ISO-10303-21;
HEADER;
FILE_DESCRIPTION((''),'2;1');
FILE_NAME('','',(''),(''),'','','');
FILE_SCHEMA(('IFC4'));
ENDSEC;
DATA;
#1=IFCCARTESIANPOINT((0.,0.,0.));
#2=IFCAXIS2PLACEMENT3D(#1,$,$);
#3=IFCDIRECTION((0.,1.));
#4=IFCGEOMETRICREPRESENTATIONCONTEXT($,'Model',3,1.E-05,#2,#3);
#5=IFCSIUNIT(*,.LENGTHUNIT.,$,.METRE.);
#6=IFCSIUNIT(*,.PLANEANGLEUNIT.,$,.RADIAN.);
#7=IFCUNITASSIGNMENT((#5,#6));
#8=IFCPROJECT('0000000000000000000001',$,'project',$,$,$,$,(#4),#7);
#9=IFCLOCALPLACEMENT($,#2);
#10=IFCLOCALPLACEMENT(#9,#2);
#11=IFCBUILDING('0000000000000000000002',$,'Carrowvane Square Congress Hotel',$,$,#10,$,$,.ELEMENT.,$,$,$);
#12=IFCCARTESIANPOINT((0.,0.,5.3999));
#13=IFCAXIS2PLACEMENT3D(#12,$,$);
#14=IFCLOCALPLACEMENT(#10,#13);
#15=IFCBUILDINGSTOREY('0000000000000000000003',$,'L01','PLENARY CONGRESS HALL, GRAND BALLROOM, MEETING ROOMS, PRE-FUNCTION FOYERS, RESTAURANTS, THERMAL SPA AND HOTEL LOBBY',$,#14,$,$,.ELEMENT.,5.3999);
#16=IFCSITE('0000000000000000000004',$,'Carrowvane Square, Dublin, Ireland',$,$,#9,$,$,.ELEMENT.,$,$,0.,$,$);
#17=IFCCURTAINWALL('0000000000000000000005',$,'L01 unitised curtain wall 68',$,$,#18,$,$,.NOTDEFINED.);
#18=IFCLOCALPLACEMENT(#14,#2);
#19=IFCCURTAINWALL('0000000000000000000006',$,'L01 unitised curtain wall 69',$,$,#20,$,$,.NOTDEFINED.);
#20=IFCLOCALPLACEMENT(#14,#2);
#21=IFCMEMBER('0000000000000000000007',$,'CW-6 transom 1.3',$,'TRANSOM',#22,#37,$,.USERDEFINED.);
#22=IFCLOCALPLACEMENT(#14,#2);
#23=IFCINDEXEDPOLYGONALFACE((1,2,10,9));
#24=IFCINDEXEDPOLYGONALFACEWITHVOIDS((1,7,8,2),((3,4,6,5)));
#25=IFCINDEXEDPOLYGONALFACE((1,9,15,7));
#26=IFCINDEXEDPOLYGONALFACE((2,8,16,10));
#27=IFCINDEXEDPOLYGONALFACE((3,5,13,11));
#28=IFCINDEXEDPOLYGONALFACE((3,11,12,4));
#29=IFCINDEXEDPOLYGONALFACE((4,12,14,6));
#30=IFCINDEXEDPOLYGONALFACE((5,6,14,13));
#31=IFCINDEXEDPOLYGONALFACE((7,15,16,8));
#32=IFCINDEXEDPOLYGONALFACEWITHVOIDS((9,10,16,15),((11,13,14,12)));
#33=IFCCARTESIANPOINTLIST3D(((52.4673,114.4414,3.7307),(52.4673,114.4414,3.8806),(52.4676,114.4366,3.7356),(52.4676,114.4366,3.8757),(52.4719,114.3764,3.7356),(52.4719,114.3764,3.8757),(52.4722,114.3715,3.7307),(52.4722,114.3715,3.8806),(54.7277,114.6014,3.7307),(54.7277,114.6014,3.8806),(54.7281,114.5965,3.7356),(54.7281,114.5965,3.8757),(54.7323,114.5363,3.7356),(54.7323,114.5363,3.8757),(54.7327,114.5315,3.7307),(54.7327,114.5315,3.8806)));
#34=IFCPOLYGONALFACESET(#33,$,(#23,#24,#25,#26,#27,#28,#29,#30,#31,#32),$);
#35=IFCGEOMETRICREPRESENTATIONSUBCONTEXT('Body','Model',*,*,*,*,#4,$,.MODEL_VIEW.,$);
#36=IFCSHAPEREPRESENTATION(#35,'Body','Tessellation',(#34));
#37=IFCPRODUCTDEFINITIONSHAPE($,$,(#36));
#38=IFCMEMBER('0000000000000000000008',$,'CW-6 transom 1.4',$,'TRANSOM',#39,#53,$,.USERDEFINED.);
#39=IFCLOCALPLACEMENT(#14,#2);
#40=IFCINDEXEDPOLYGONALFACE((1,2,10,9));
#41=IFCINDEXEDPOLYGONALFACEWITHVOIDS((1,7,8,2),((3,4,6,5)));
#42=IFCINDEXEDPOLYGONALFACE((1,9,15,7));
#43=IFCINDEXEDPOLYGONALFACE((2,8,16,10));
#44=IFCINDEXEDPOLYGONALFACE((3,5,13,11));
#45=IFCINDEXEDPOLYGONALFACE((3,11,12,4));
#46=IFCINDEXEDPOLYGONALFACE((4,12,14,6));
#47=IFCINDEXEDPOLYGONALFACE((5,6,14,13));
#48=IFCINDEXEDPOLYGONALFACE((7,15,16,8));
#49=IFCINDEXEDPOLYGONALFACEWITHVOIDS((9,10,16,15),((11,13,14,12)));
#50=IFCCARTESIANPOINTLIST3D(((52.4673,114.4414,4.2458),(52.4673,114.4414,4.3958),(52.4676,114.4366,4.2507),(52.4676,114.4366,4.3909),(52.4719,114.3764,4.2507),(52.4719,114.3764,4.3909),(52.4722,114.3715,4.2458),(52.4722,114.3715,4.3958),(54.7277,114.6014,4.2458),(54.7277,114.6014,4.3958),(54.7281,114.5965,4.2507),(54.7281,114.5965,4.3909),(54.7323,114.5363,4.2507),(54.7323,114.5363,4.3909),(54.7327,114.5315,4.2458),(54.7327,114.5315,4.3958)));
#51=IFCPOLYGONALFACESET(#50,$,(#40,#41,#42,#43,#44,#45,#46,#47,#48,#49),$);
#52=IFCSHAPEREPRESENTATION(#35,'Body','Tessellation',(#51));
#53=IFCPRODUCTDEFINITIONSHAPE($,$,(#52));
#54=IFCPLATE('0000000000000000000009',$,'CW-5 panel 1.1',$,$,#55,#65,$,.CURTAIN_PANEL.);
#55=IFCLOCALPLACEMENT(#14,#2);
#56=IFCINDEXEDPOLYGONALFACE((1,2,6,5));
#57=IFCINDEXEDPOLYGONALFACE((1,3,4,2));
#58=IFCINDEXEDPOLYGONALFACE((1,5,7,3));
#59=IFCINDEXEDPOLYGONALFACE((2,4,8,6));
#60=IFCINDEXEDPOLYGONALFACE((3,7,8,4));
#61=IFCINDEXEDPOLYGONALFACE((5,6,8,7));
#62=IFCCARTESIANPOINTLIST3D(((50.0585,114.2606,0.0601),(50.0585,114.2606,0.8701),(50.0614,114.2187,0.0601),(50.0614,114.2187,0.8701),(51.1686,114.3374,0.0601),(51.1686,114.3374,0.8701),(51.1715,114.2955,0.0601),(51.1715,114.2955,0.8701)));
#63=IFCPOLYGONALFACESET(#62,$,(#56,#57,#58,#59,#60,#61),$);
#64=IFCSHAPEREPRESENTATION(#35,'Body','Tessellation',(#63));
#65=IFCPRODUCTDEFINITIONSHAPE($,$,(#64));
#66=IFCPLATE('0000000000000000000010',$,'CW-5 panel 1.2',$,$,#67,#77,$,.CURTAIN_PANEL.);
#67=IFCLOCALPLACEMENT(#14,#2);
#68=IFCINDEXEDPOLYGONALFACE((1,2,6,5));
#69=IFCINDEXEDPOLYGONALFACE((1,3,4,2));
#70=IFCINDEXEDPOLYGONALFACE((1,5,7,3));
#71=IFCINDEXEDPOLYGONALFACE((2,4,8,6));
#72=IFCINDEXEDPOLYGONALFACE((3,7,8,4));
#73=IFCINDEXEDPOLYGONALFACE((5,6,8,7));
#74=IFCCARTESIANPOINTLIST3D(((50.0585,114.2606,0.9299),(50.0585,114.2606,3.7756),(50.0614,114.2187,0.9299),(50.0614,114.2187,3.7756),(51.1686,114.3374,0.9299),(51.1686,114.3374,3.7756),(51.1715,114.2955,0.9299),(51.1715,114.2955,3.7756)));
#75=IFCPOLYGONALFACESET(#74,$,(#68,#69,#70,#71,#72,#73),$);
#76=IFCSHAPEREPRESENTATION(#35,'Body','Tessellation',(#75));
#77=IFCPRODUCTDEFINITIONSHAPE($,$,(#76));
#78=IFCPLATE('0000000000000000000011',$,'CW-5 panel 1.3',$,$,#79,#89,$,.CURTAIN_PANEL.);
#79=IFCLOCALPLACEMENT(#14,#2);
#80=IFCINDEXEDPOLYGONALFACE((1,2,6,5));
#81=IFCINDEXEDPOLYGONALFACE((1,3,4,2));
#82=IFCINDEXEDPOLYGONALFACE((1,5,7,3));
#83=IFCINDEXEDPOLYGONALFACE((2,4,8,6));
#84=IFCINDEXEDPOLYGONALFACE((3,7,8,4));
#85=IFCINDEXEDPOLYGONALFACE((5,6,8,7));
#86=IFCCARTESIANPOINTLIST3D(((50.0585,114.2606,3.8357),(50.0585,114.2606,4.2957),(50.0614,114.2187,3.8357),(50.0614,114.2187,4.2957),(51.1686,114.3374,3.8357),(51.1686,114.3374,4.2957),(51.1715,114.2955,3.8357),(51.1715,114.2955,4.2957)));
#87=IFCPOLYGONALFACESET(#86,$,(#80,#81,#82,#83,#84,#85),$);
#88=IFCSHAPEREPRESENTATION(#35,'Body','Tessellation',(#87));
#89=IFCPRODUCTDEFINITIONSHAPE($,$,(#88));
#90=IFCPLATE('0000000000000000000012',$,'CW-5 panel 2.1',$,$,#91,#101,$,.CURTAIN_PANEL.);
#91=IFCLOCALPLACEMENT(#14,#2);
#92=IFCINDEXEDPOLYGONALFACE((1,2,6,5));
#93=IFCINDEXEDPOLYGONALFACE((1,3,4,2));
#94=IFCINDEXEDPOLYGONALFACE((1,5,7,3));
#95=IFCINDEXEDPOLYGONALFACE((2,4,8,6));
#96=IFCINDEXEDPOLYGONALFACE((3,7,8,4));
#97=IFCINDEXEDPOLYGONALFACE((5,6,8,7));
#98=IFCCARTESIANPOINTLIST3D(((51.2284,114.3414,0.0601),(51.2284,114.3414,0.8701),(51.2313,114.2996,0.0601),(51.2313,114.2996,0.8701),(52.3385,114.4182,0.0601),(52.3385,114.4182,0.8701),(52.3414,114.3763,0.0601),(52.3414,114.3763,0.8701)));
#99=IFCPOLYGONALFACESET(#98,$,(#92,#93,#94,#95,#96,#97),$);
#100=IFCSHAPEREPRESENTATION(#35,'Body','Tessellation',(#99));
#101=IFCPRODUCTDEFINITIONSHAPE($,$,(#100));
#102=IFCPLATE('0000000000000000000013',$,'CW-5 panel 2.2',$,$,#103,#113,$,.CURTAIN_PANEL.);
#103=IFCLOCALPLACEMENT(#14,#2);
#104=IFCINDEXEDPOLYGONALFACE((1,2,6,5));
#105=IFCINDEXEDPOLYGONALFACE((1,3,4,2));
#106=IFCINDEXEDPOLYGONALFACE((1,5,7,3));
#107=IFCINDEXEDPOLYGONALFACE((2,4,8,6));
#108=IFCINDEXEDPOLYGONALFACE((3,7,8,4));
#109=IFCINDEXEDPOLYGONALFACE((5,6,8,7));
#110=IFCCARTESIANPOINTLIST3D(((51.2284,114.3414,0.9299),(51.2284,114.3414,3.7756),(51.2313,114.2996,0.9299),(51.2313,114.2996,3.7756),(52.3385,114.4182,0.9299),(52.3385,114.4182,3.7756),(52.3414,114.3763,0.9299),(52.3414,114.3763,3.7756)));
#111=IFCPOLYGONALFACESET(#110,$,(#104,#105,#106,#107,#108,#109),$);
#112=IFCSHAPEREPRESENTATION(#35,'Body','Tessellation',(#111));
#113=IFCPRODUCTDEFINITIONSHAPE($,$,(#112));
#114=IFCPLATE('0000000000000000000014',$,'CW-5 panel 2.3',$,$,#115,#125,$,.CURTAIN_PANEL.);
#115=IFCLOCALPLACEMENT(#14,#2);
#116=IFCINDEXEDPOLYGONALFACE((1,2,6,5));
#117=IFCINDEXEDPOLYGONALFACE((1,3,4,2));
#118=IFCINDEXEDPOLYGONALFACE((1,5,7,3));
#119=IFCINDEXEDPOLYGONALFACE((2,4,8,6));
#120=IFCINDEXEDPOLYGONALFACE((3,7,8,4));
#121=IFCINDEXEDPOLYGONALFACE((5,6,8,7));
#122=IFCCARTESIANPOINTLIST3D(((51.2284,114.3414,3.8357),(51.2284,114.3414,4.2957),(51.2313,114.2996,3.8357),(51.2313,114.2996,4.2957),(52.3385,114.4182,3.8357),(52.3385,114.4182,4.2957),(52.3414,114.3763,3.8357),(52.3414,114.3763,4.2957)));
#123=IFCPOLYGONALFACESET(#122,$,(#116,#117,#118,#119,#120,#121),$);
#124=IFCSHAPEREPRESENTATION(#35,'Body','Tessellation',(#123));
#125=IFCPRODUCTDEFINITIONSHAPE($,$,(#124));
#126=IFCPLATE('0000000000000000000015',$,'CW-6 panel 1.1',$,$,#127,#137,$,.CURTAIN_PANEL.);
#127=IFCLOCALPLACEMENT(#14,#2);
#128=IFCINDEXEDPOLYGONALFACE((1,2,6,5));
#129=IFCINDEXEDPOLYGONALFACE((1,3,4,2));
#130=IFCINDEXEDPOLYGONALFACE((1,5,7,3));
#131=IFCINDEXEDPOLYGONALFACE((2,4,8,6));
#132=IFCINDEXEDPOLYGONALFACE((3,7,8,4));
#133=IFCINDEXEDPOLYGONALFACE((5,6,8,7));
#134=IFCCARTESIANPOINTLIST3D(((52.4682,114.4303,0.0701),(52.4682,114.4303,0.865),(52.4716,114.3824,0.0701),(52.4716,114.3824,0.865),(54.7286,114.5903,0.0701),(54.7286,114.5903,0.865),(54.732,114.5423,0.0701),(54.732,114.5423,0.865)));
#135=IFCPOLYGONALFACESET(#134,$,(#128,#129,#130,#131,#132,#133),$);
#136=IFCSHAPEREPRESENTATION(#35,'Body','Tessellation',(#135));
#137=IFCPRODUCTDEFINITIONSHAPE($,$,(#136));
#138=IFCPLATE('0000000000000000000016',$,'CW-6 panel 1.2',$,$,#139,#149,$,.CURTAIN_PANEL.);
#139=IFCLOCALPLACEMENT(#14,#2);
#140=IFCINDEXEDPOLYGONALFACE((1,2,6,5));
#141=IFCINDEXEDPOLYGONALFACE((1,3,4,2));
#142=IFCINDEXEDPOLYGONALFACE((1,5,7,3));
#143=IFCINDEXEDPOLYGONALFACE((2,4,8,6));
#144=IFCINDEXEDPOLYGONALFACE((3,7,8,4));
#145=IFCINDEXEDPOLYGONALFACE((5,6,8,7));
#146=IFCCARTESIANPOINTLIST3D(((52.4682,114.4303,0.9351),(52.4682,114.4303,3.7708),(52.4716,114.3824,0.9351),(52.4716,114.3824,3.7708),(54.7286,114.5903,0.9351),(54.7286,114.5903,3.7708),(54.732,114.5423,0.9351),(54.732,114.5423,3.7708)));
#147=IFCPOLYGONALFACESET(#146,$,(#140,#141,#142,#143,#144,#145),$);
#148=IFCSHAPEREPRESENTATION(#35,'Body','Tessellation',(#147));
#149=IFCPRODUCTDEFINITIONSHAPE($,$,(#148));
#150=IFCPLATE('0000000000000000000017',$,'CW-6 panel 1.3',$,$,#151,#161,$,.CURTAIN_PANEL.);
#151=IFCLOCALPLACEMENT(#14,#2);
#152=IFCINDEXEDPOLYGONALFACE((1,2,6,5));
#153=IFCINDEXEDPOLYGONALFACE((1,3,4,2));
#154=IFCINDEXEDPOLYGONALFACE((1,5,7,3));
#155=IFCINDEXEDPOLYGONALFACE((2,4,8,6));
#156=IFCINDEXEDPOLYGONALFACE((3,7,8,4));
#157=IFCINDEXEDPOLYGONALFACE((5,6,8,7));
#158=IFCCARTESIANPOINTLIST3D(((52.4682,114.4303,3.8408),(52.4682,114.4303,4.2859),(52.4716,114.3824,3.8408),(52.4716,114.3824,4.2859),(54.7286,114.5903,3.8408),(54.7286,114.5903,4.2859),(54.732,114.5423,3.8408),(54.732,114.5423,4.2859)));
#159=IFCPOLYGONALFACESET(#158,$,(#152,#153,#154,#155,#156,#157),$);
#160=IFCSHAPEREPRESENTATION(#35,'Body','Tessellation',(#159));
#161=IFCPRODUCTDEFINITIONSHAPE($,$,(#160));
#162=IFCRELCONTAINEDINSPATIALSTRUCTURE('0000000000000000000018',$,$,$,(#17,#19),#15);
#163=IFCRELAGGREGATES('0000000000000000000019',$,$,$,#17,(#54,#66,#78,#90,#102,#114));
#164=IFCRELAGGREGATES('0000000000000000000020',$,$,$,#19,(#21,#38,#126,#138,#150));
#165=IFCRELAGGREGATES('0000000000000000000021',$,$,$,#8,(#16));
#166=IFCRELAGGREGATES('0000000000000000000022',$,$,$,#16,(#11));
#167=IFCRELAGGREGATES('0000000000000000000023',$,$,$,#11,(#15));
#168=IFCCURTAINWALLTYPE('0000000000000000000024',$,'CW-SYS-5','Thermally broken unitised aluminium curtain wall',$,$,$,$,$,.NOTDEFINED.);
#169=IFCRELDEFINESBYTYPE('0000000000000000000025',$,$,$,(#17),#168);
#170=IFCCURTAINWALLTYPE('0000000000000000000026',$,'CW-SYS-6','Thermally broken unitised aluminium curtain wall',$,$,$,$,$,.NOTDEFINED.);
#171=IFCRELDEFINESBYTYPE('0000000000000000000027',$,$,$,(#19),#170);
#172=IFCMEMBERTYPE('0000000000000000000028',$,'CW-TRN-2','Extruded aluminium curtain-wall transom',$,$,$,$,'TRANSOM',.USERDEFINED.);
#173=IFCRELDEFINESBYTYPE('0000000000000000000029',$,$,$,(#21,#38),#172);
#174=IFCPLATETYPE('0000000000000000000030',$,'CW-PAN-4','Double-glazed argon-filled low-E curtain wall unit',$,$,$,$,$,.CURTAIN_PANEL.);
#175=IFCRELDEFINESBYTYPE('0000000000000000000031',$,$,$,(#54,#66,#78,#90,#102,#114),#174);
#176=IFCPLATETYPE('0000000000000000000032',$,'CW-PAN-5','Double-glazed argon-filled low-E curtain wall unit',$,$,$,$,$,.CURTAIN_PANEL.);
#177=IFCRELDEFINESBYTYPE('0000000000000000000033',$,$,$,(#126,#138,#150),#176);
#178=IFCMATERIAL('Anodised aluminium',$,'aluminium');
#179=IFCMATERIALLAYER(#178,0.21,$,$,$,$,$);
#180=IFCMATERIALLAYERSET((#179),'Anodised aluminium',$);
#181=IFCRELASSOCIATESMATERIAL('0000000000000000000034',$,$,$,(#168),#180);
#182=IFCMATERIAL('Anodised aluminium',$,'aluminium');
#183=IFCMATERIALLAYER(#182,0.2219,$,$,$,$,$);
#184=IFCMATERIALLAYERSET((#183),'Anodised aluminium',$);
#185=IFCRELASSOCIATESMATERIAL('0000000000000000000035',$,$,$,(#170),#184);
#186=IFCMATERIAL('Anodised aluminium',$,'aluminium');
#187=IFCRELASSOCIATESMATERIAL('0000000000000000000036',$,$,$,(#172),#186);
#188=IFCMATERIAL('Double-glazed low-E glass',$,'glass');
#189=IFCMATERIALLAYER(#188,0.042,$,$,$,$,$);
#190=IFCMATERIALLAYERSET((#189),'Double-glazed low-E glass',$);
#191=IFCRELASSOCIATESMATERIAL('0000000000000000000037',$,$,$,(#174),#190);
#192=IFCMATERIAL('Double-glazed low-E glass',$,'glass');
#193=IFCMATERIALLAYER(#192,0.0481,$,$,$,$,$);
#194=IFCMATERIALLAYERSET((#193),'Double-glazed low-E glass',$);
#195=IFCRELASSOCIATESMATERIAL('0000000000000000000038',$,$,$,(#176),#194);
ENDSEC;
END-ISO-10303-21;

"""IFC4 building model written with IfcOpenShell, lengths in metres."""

from ifc_helpers import new_model, si_unit, direction, frame, origin, origin_2d, place, context, subcontext, project, spatial, rectangle, hollow_rectangle, extrude, material, layer, layer_set, material_profile, profile_set, type_object, element, aggregate, save


model = new_model("IFC4")

# Units and contexts
model_context = context("Model", 3, precision=1e-05, world=origin(), true_north=direction((0.0, 1.0)))
body_context = subcontext(model_context, "Body", "Model", "MODEL_VIEW")
ifc_project = project(units=[si_unit("LENGTHUNIT", "METRE"), si_unit("PLANEANGLEUNIT", "RADIAN")], contexts=[model_context])

# Site, building, storey
site_placement = place(None, origin())
site = spatial("IfcSite", under=ifc_project, at=site_placement, Name="Carrowvane Square, Dublin, Ireland", CompositionType="ELEMENT", RefElevation=0.0)
building_placement = place(site_placement, origin())
building = spatial("IfcBuilding", under=site, at=building_placement, Name="Carrowvane Square Congress Hotel", CompositionType="ELEMENT")
storey_placement = place(building_placement, frame((0.0, 0.0, 5.3999)))
storey = spatial("IfcBuildingStorey", under=building, at=storey_placement, Name="L01", Description="PLENARY CONGRESS HALL, GRAND BALLROOM, MEETING ROOMS, PRE-FUNCTION FOYERS, RESTAURANTS, THERMAL SPA AND HOTEL LOBBY", CompositionType="ELEMENT", Elevation=5.3999)

# Curtain walls
ifc_material_1 = material(Name="Anodised aluminium", Category="aluminium")
ifc_layer_1 = layer(ifc_material_1, 0.21)
ifc_layer_set_1 = layer_set([ifc_layer_1], Name="Anodised aluminium")
curtain_wall_type_1 = type_object("IfcCurtainWallType", Name="CW-SYS-5", Description="Thermally broken unitised aluminium curtain wall", PredefinedType="NOTDEFINED", material=ifc_layer_set_1)
curtain_wall_1_placement = place(storey_placement, origin())
curtain_wall_1 = element("IfcCurtainWall", 1, at=curtain_wall_1_placement, inside=storey, type_object=curtain_wall_type_1, Name="L01 unitised curtain wall 68", PredefinedType="NOTDEFINED")
ifc_material_2 = material(Name="Anodised aluminium", Category="aluminium")
ifc_layer_2 = layer(ifc_material_2, 0.2219)
ifc_layer_set_2 = layer_set([ifc_layer_2], Name="Anodised aluminium")
curtain_wall_type_2 = type_object("IfcCurtainWallType", Name="CW-SYS-6", Description="Thermally broken unitised aluminium curtain wall", PredefinedType="NOTDEFINED", material=ifc_layer_set_2)
curtain_wall_2_placement = place(storey_placement, origin())
curtain_wall_2 = element("IfcCurtainWall", 2, at=curtain_wall_2_placement, inside=storey, type_object=curtain_wall_type_2, Name="L01 unitised curtain wall 69", PredefinedType="NOTDEFINED")

# Members
ifc_material_3 = material(Name="Anodised aluminium", Category="aluminium")
ifc_material_profile_1 = material_profile(ifc_material_3, hollow_rectangle(XDim=0.0701, YDim=0.1499, WallThickness=0.0049, at=origin_2d()), Name="CW-TR 70x150x5")
ifc_profile_set_1 = profile_set([ifc_material_profile_1], Name="Anodised aluminium")
member_type_1 = type_object("IfcMemberType", Name="CW-TRN-2", Description="Extruded aluminium curtain-wall transom", ElementType="TRANSOM", PredefinedType="USERDEFINED", material=ifc_profile_set_1)
member_1_placement = place(storey_placement, frame((52.4697, 114.4065, 3.8057), z_axis=(0.997507, 0.070566, 0.0), x_axis=(-0.070566, 0.997507, 0.0)))
member_1 = element("IfcMember", 3, at=member_1_placement, type_object=member_type_1, Name="CW-6 transom 1.3", ObjectType="TRANSOM", PredefinedType="USERDEFINED", context=body_context, shape_type="SweptSolid", body=[
    extrude(hollow_rectangle(XDim=0.0701, YDim=0.1499, WallThickness=0.0049, at=origin_2d()), origin(), (0.0, 0.0, 1.0), 2.2661),
])
member_2_placement = place(storey_placement, frame((52.4697, 114.4065, 4.3208), z_axis=(0.997507, 0.070566, 0.0), x_axis=(-0.070566, 0.997507, 0.0)))
member_2 = element("IfcMember", 4, at=member_2_placement, type_object=member_type_1, Name="CW-6 transom 1.4", ObjectType="TRANSOM", PredefinedType="USERDEFINED", context=body_context, shape_type="SweptSolid", body=[
    extrude(hollow_rectangle(XDim=0.0701, YDim=0.1499, WallThickness=0.0049, at=origin_2d()), origin(), (0.0, 0.0, 1.0), 2.2661),
])

# Plates
ifc_material_4 = material(Name="Double-glazed low-E glass", Category="glass")
ifc_layer_3 = layer(ifc_material_4, 0.042)
ifc_layer_set_3 = layer_set([ifc_layer_3], Name="Double-glazed low-E glass")
plate_type_1 = type_object("IfcPlateType", Name="CW-PAN-4", Description="Double-glazed argon-filled low-E curtain wall unit", PredefinedType="CURTAIN_PANEL", material=ifc_layer_set_3)
plate_1_placement = place(storey_placement, frame((50.615, 114.2781, 0.0601), z_axis=(0.0, 0.0, 1.0), x_axis=(0.997618, 0.068986, 0.0)))
plate_1 = element("IfcPlate", 5, at=plate_1_placement, type_object=plate_type_1, Name="CW-5 panel 1.1", PredefinedType="CURTAIN_PANEL", context=body_context, shape_type="SweptSolid", body=[
    extrude(rectangle(XDim=1.1128, YDim=0.042, at=origin_2d()), origin(), (0.0, 0.0, 1.0), 0.8101),
])
plate_2_placement = place(storey_placement, frame((50.615, 114.2781, 0.9299), z_axis=(0.0, 0.0, 1.0), x_axis=(0.997618, 0.068986, 0.0)))
plate_2 = element("IfcPlate", 6, at=plate_2_placement, type_object=plate_type_1, Name="CW-5 panel 1.2", PredefinedType="CURTAIN_PANEL", context=body_context, shape_type="SweptSolid", body=[
    extrude(rectangle(XDim=1.1128, YDim=0.042, at=origin_2d()), origin(), (0.0, 0.0, 1.0), 2.8457),
])
plate_3_placement = place(storey_placement, frame((50.615, 114.2781, 3.8357), z_axis=(0.0, 0.0, 1.0), x_axis=(0.997618, 0.068986, 0.0)))
plate_3 = element("IfcPlate", 7, at=plate_3_placement, type_object=plate_type_1, Name="CW-5 panel 1.3", PredefinedType="CURTAIN_PANEL", context=body_context, shape_type="SweptSolid", body=[
    extrude(rectangle(XDim=1.1128, YDim=0.042, at=origin_2d()), origin(), (0.0, 0.0, 1.0), 0.46),
])
plate_4_placement = place(storey_placement, frame((51.7849, 114.3589, 0.0601), z_axis=(0.0, 0.0, 1.0), x_axis=(0.997618, 0.068986, 0.0)))
plate_4 = element("IfcPlate", 8, at=plate_4_placement, type_object=plate_type_1, Name="CW-5 panel 2.1", PredefinedType="CURTAIN_PANEL", context=body_context, shape_type="SweptSolid", body=[
    extrude(rectangle(XDim=1.1128, YDim=0.042, at=origin_2d()), origin(), (0.0, 0.0, 1.0), 0.8101),
])
plate_5_placement = place(storey_placement, frame((51.7849, 114.3589, 0.9299), z_axis=(0.0, 0.0, 1.0), x_axis=(0.997618, 0.068986, 0.0)))
plate_5 = element("IfcPlate", 9, at=plate_5_placement, type_object=plate_type_1, Name="CW-5 panel 2.2", PredefinedType="CURTAIN_PANEL", context=body_context, shape_type="SweptSolid", body=[
    extrude(rectangle(XDim=1.1128, YDim=0.042, at=origin_2d()), origin(), (0.0, 0.0, 1.0), 2.8457),
])
plate_6_placement = place(storey_placement, frame((51.7849, 114.3589, 3.8357), z_axis=(0.0, 0.0, 1.0), x_axis=(0.997618, 0.068986, 0.0)))
plate_6 = element("IfcPlate", 10, at=plate_6_placement, type_object=plate_type_1, Name="CW-5 panel 2.3", PredefinedType="CURTAIN_PANEL", context=body_context, shape_type="SweptSolid", body=[
    extrude(rectangle(XDim=1.1128, YDim=0.042, at=origin_2d()), origin(), (0.0, 0.0, 1.0), 0.46),
])
aggregate(curtain_wall_1, [plate_1, plate_2, plate_3, plate_4, plate_5, plate_6])
ifc_material_5 = material(Name="Double-glazed low-E glass", Category="glass")
ifc_layer_4 = layer(ifc_material_5, 0.0481)
ifc_layer_set_4 = layer_set([ifc_layer_4], Name="Double-glazed low-E glass")
plate_type_2 = type_object("IfcPlateType", Name="CW-PAN-5", Description="Double-glazed argon-filled low-E curtain wall unit", PredefinedType="CURTAIN_PANEL", material=ifc_layer_set_4)
plate_7_placement = place(storey_placement, frame((53.6001, 114.4863, 0.0701), z_axis=(0.0, 0.0, 1.0), x_axis=(0.997506, 0.070586, 0.0)))
plate_7 = element("IfcPlate", 11, at=plate_7_placement, type_object=plate_type_2, Name="CW-6 panel 1.1", PredefinedType="CURTAIN_PANEL", context=body_context, shape_type="SweptSolid", body=[
    extrude(rectangle(XDim=2.2661, YDim=0.0481, at=origin_2d()), origin(), (0.0, 0.0, 1.0), 0.7949),
])
plate_8_placement = place(storey_placement, frame((53.6001, 114.4863, 0.9351), z_axis=(0.0, 0.0, 1.0), x_axis=(0.997506, 0.070586, 0.0)))
plate_8 = element("IfcPlate", 12, at=plate_8_placement, type_object=plate_type_2, Name="CW-6 panel 1.2", PredefinedType="CURTAIN_PANEL", context=body_context, shape_type="SweptSolid", body=[
    extrude(rectangle(XDim=2.2661, YDim=0.0481, at=origin_2d()), origin(), (0.0, 0.0, 1.0), 2.8357),
])
plate_9_placement = place(storey_placement, frame((53.6001, 114.4863, 3.8408), z_axis=(0.0, 0.0, 1.0), x_axis=(0.997506, 0.070586, 0.0)))
plate_9 = element("IfcPlate", 13, at=plate_9_placement, type_object=plate_type_2, Name="CW-6 panel 1.3", PredefinedType="CURTAIN_PANEL", context=body_context, shape_type="SweptSolid", body=[
    extrude(rectangle(XDim=2.2661, YDim=0.0481, at=origin_2d()), origin(), (0.0, 0.0, 1.0), 0.4451),
])
aggregate(curtain_wall_2, [member_1, member_2, plate_7, plate_8, plate_9])

save(model, "model.ifc")
